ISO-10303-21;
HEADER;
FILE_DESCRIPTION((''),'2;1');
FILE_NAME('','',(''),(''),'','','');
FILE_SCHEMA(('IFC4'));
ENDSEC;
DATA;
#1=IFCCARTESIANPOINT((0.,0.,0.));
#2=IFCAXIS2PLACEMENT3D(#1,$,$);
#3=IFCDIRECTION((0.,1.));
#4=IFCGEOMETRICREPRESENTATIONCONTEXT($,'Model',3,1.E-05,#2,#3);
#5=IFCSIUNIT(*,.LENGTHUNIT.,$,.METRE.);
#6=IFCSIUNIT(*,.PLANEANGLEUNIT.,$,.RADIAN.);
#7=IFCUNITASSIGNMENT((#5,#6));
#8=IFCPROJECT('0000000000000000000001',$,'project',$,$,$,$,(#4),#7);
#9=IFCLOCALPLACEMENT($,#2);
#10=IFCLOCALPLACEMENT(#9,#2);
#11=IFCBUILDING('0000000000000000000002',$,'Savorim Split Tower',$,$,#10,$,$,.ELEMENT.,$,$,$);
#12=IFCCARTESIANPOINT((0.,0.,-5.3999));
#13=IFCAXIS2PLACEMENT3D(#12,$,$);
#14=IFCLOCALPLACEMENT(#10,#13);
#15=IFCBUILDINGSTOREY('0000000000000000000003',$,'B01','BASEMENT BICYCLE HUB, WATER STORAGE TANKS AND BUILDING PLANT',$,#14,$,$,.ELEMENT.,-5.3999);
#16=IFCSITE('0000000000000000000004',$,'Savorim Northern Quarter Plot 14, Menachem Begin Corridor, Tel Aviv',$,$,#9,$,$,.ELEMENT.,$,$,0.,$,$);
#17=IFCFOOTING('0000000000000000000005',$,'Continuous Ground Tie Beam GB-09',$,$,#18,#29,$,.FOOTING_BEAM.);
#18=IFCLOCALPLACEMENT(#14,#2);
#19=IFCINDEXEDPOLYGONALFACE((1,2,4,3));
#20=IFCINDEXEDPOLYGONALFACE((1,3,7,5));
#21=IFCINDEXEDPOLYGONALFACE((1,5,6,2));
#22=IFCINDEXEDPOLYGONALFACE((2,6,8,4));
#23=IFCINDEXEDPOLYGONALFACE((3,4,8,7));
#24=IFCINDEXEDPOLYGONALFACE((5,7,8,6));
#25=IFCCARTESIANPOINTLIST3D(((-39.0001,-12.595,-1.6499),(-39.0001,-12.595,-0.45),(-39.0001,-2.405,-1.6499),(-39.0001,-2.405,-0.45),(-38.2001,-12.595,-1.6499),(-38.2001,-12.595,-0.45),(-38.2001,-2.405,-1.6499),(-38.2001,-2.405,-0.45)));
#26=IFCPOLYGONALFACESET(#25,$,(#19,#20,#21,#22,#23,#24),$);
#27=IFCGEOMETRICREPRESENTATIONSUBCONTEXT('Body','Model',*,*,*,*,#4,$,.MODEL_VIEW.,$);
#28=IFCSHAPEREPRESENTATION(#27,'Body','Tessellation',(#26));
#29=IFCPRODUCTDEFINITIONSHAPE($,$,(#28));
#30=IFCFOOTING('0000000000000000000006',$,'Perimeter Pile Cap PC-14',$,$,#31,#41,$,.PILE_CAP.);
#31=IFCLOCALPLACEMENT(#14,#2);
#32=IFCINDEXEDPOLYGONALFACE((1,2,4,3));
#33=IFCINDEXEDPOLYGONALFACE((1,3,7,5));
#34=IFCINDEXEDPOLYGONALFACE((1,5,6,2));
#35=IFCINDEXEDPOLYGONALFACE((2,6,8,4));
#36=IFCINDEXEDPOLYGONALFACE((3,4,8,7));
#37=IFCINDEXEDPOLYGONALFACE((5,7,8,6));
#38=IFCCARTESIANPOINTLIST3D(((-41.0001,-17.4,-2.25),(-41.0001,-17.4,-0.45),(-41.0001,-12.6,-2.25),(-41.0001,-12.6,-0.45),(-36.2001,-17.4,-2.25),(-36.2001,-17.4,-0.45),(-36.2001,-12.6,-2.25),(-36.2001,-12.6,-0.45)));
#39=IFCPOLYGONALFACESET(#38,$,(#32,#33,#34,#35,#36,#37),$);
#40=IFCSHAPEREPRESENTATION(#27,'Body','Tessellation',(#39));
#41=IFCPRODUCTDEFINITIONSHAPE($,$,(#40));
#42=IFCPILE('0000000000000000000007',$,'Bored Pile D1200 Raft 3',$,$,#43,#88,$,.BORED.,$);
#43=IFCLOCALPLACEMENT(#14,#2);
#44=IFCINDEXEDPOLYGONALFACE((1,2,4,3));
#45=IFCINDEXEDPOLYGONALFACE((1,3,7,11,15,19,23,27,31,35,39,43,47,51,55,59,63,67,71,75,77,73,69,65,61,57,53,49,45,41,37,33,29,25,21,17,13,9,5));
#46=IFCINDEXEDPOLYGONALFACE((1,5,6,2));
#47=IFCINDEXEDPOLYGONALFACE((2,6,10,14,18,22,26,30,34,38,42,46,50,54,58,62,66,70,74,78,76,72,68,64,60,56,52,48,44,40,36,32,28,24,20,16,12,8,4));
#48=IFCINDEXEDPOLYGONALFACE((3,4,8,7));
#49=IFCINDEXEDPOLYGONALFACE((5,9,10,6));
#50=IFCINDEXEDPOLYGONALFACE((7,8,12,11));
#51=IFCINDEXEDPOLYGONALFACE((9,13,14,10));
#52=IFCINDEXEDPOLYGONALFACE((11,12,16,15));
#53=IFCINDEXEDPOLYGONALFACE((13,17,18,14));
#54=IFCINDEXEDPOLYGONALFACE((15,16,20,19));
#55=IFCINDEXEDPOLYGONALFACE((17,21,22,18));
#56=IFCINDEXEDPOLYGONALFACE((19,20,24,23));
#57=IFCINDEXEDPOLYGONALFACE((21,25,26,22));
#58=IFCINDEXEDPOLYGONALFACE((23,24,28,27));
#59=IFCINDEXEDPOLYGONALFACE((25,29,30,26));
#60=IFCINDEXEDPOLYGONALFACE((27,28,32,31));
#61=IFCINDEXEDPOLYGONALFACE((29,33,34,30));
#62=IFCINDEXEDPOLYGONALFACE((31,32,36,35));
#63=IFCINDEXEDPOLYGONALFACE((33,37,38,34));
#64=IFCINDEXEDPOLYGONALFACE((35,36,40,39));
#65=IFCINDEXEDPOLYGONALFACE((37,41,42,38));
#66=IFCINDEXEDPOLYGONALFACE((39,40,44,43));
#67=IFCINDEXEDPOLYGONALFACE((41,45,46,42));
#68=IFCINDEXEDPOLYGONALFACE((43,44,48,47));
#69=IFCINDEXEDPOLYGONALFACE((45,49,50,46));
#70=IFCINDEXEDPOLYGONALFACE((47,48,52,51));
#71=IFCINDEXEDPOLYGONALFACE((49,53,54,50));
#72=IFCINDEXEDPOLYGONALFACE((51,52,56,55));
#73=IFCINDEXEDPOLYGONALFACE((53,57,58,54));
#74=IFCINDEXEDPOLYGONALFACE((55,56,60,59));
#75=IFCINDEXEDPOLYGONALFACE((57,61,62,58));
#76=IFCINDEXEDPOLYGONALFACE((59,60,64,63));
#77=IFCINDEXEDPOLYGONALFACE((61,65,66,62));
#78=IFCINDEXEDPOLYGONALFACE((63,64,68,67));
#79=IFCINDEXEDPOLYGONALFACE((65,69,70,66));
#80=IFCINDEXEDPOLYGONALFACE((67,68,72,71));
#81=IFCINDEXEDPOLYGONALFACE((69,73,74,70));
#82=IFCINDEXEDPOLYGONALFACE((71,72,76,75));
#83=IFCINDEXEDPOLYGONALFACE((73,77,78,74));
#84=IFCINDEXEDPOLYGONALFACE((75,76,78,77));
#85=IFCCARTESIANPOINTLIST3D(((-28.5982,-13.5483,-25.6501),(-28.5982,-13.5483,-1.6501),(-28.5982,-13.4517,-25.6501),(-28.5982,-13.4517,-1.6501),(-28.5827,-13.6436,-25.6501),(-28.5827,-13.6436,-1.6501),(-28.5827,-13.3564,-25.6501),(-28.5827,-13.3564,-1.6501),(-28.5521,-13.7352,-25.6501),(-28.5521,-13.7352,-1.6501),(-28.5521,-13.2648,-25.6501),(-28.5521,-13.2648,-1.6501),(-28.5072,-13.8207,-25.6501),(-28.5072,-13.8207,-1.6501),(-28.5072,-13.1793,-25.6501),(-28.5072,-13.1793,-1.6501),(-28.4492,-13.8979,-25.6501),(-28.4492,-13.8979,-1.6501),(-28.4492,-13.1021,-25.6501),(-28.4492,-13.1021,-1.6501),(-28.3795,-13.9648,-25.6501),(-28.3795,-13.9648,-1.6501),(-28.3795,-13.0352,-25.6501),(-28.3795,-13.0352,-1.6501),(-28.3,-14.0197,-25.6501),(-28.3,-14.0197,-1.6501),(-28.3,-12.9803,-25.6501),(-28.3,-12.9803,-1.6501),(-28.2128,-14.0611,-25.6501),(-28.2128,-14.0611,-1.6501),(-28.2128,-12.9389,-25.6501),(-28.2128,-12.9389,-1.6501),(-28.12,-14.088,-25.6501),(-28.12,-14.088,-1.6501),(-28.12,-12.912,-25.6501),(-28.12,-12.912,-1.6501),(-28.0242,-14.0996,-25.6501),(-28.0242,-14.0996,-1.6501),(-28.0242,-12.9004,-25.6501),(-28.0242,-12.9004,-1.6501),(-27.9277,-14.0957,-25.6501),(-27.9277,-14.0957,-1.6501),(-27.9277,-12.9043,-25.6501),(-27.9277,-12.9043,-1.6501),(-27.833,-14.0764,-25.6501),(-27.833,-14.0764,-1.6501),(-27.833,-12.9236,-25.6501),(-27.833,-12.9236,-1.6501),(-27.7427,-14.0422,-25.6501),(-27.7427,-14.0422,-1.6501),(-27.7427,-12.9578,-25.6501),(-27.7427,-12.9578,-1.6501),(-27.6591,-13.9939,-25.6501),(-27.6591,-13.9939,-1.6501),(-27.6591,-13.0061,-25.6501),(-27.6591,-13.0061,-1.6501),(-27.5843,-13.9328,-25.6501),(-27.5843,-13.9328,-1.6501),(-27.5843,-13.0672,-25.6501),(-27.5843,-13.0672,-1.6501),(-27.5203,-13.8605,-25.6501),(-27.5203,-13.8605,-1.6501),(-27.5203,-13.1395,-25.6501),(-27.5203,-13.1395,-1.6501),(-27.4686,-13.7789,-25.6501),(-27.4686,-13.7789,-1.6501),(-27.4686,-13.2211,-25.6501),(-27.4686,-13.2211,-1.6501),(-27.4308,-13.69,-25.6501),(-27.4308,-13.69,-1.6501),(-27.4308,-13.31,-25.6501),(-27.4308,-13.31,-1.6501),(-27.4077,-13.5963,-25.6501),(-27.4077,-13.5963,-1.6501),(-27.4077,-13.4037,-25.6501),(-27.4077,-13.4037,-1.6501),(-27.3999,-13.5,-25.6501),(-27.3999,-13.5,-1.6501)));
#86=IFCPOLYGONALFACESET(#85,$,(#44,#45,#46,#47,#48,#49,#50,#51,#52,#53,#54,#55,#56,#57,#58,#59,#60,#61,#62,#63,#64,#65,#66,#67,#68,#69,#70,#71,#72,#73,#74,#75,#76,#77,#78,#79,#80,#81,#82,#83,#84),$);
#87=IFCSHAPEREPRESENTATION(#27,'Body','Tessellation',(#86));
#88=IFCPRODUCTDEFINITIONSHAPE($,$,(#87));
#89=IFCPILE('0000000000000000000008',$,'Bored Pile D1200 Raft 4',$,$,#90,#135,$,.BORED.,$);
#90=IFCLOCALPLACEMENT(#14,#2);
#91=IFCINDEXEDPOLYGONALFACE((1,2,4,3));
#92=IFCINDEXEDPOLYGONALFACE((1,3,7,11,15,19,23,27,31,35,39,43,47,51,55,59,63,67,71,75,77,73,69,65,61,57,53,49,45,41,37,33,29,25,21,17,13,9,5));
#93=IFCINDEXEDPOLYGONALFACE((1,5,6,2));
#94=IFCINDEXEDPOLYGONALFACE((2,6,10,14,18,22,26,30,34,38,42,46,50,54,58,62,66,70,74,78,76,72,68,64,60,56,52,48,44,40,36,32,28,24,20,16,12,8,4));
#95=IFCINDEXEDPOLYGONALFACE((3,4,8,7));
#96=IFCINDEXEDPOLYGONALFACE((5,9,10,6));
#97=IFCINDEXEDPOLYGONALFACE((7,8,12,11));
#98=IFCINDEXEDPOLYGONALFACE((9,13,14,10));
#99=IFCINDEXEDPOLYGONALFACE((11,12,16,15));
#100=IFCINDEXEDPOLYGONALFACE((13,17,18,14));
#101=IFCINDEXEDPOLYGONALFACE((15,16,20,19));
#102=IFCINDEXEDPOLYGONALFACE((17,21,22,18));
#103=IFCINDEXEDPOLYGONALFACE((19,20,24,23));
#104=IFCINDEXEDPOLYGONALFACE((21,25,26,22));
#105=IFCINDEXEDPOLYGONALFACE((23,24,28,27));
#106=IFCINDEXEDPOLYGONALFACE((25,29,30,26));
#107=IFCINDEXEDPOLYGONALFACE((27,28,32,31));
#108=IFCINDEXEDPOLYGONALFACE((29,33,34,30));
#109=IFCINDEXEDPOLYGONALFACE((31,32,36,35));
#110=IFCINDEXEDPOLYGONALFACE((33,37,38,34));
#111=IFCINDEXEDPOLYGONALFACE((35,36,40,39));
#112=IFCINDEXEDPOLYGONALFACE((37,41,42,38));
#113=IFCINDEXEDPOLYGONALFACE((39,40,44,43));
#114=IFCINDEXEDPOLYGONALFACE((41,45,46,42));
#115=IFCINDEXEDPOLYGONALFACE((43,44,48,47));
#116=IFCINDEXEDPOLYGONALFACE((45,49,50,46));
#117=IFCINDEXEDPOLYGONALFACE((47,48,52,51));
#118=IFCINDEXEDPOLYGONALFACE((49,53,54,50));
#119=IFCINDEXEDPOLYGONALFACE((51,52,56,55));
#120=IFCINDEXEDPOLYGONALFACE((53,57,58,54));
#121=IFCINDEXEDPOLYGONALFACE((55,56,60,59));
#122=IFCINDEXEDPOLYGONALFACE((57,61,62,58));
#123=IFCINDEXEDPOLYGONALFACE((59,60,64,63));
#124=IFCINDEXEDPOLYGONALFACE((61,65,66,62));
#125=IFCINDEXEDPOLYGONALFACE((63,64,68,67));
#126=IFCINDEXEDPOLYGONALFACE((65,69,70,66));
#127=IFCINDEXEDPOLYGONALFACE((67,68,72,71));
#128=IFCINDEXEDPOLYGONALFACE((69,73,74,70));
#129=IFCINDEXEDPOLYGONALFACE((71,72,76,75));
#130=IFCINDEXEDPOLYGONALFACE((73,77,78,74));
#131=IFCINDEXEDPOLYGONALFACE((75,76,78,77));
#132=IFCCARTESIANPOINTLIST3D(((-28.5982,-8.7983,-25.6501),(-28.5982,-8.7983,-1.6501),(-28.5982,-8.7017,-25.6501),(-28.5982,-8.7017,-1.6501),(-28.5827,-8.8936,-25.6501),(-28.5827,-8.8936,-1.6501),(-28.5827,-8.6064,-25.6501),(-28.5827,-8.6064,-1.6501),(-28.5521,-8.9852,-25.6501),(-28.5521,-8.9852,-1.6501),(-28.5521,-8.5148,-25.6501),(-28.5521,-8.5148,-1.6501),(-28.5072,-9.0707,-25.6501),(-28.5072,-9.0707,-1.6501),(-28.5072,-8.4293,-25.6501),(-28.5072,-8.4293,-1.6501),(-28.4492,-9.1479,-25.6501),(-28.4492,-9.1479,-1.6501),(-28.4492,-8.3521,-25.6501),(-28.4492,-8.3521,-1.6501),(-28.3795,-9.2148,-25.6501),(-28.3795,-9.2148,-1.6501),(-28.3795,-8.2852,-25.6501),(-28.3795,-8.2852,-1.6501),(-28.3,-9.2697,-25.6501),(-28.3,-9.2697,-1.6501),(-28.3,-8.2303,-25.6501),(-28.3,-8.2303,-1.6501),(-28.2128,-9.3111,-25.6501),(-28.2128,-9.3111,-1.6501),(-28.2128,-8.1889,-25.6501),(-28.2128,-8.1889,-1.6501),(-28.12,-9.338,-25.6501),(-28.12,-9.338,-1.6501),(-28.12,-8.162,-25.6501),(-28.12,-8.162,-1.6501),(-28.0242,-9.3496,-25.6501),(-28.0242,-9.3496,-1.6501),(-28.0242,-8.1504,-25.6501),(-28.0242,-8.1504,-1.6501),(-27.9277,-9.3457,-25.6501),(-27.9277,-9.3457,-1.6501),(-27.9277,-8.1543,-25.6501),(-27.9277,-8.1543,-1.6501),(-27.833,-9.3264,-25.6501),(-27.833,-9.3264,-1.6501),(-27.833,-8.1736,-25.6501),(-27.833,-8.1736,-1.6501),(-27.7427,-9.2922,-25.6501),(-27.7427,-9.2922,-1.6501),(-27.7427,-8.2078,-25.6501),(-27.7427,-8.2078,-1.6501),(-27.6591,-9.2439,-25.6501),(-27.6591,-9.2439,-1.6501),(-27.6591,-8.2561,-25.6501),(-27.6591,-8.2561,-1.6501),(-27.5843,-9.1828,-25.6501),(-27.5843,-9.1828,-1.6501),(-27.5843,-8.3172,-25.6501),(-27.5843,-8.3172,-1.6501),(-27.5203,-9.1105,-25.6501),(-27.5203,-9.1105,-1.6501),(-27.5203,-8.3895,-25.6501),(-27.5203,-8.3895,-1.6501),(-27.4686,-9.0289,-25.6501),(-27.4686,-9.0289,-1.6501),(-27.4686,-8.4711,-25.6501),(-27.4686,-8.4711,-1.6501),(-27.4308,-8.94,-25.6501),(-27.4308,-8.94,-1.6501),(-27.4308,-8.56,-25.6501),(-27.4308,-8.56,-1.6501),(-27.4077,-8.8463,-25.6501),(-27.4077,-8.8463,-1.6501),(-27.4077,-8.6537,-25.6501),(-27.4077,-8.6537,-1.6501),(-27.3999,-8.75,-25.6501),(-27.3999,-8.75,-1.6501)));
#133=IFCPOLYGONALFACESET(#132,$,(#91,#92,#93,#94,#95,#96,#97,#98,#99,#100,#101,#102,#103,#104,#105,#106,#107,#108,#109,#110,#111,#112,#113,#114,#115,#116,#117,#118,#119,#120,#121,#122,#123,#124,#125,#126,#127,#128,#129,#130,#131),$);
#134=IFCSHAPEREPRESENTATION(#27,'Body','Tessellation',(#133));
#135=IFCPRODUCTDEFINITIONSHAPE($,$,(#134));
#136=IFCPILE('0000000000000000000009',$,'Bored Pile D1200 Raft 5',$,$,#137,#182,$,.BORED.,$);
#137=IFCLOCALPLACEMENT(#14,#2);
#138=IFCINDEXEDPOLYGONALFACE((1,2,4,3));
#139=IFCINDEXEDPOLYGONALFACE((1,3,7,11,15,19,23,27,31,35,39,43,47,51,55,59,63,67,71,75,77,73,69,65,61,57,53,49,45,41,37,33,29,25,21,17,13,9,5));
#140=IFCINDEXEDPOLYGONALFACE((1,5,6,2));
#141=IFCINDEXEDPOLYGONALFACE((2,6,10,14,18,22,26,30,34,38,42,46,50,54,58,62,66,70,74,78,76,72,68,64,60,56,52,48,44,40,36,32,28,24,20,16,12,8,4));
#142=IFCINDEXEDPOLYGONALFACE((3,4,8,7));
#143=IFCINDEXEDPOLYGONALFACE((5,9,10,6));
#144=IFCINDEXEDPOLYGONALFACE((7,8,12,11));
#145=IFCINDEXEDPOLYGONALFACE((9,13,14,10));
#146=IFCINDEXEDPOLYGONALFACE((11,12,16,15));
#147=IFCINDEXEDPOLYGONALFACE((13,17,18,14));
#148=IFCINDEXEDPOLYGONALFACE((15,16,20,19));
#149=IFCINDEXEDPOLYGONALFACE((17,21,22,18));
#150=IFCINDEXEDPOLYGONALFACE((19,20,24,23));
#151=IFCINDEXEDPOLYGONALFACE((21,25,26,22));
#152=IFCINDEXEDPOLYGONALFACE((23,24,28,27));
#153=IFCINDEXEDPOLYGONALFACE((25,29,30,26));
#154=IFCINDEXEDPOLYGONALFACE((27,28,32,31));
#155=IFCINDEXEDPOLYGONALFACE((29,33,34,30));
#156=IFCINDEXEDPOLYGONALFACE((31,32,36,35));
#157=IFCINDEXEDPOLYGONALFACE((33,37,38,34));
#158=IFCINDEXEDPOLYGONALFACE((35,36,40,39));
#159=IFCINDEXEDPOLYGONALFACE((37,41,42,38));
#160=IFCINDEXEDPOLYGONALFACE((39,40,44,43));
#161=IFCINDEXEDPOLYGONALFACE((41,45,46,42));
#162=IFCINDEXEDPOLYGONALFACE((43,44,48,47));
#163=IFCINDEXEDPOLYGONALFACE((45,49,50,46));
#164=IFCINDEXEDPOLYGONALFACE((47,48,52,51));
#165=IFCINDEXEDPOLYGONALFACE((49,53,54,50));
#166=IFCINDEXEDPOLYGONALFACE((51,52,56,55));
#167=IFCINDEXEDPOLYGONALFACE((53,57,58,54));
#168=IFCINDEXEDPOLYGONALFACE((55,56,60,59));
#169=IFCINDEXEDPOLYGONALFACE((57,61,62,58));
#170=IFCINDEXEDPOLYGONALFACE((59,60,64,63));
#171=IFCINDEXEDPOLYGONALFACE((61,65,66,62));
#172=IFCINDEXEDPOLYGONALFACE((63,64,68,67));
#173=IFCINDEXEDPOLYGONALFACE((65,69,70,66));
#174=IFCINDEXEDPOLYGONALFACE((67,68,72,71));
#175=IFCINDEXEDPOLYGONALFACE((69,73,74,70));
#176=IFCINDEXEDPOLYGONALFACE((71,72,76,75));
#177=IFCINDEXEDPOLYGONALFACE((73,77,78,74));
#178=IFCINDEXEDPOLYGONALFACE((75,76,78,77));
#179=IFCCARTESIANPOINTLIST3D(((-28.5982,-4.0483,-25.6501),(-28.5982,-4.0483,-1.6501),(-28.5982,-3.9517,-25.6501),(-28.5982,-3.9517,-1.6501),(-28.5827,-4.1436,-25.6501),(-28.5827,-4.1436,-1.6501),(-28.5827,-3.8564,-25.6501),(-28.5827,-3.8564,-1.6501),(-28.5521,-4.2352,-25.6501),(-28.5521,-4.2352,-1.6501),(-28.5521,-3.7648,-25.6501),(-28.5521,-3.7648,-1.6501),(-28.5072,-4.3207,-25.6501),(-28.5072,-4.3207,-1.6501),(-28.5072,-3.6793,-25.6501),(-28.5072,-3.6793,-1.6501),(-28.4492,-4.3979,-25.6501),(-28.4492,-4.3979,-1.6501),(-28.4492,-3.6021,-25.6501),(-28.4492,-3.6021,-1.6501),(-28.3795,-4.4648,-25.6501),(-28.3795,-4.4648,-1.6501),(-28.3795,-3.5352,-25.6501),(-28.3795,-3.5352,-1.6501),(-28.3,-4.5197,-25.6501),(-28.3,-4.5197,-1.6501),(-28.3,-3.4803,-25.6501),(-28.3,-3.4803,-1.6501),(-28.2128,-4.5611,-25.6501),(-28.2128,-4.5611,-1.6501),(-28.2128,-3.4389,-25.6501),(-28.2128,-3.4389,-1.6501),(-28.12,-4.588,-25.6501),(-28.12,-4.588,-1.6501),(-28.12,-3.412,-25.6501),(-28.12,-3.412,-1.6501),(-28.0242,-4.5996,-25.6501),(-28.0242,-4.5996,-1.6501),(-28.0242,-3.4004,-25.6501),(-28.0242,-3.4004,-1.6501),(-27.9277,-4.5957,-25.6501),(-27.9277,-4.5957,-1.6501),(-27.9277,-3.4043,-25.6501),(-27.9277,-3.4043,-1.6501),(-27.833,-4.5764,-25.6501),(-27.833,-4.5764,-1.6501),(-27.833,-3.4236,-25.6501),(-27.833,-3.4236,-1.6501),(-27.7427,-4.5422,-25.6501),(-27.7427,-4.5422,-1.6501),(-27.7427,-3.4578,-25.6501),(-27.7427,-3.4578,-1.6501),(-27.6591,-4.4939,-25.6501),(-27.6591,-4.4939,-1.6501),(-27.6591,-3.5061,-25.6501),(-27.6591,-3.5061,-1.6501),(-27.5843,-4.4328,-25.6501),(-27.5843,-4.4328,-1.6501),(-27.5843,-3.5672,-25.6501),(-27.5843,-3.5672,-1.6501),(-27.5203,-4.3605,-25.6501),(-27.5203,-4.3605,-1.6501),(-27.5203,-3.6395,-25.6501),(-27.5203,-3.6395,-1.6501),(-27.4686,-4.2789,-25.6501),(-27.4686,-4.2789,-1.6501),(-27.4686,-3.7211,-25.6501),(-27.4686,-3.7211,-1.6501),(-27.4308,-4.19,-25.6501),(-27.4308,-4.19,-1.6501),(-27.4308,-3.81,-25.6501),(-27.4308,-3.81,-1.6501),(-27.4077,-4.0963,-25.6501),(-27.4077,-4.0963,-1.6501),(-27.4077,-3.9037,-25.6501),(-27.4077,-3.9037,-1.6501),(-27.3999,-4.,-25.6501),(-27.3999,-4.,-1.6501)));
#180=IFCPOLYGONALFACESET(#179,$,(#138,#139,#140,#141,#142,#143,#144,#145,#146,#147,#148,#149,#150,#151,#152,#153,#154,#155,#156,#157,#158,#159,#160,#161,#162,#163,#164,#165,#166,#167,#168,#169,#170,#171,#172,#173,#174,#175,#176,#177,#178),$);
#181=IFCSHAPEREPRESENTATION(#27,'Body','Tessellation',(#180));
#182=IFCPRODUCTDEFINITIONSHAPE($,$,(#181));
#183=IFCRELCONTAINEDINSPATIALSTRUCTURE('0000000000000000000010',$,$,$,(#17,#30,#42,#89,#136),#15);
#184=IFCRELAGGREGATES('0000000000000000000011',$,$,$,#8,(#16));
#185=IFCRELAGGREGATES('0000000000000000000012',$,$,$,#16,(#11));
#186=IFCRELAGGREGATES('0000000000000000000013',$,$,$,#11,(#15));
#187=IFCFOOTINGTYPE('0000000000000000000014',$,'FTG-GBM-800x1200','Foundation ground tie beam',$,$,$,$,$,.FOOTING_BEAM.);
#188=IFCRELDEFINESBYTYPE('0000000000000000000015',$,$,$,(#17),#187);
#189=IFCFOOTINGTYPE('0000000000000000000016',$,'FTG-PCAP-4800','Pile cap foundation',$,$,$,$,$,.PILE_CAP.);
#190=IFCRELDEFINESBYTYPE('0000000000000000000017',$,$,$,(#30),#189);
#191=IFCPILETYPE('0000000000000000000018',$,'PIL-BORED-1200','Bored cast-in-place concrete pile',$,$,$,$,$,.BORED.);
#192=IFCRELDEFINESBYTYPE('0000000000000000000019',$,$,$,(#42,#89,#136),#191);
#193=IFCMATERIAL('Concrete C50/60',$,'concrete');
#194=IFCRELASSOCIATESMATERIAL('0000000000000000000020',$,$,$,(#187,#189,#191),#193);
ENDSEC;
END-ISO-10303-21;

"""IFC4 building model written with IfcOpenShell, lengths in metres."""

from ifc_helpers import new_model, si_unit, direction, frame, origin, origin_2d, place, context, subcontext, project, spatial, rectangle, circle, extrude, material, material_profile, profile_set, type_object, element, save


model = new_model("IFC4")

# Units and contexts
model_context = context("Model", 3, precision=1e-05, world=origin(), true_north=direction((0.0, 1.0)))
body_context = subcontext(model_context, "Body", "Model", "MODEL_VIEW")
ifc_project = project(units=[si_unit("LENGTHUNIT", "METRE"), si_unit("PLANEANGLEUNIT", "RADIAN")], contexts=[model_context])

# Site, building, storey
site_placement = place(None, origin())
site = spatial("IfcSite", under=ifc_project, at=site_placement, Name="Savorim Northern Quarter Plot 14, Menachem Begin Corridor, Tel Aviv", CompositionType="ELEMENT", RefElevation=0.0)
building_placement = place(site_placement, origin())
building = spatial("IfcBuilding", under=site, at=building_placement, Name="Savorim Split Tower", CompositionType="ELEMENT")
storey_placement = place(building_placement, frame((0.0, 0.0, -5.3999)))
storey = spatial("IfcBuildingStorey", under=building, at=storey_placement, Name="B01", Description="BASEMENT BICYCLE HUB, WATER STORAGE TANKS AND BUILDING PLANT", CompositionType="ELEMENT", Elevation=-5.3999)

# Footings
ifc_material_1 = material(Name="Concrete C50/60", Category="concrete")
footing_type_1 = type_object("IfcFootingType", Name="FTG-GBM-800x1200", Description="Foundation ground tie beam", PredefinedType="FOOTING_BEAM", material=ifc_material_1)
footing_1_placement = place(storey_placement, frame((-38.6001, -7.5, -1.6499), z_axis=(0.0, 0.0, 1.0), x_axis=(0.0, 1.0, 0.0)))
element("IfcFooting", 1, at=footing_1_placement, inside=storey, type_object=footing_type_1, Name="Continuous Ground Tie Beam GB-09", PredefinedType="FOOTING_BEAM", context=body_context, shape_type="SweptSolid", body=[
    extrude(rectangle(XDim=10.1899, YDim=0.8, at=origin_2d()), origin(), (0.0, 0.0, 1.0), 1.2),
])
footing_type_2 = type_object("IfcFootingType", Name="FTG-PCAP-4800", Description="Pile cap foundation", PredefinedType="PILE_CAP", material=ifc_material_1)
footing_2_placement = place(storey_placement, frame((-38.6001, -15.0, -2.25), z_axis=(0.0, 0.0, 1.0), x_axis=(1.0, 0.0, 0.0)))
element("IfcFooting", 2, at=footing_2_placement, inside=storey, type_object=footing_type_2, Name="Perimeter Pile Cap PC-14", PredefinedType="PILE_CAP", context=body_context, shape_type="SweptSolid", body=[
    extrude(rectangle(XDim=4.8, YDim=4.8, at=origin_2d()), origin(), (0.0, 0.0, 1.0), 1.8),
])

# Piles
ifc_material_profile_1 = material_profile(ifc_material_1, circle(Radius=0.6001, at=origin_2d()), Name="PILE D1200")
ifc_profile_set_1 = profile_set([ifc_material_profile_1], Name="Concrete C50/60")
pile_type = type_object("IfcPileType", Name="PIL-BORED-1200", Description="Bored cast-in-place concrete pile", PredefinedType="BORED", material=ifc_profile_set_1)
for number, where, z_axis, x_axis, name in (
    (3, (-28.0, -13.5, -1.6501), (0.0, 0.0, -1.0), (1.0, 0.0, 0.0), "Bored Pile D1200 Raft 3"),
    (4, (-28.0, -8.75, -1.6501), (0.0, 0.0, -1.0), (1.0, 0.0, 0.0), "Bored Pile D1200 Raft 4"),
    (5, (-28.0, -4.0, -1.6501), (0.0, 0.0, -1.0), (1.0, 0.0, 0.0), "Bored Pile D1200 Raft 5"),
):
    element("IfcPile", number, at=place(storey_placement, frame(where, z_axis=z_axis, x_axis=x_axis)), inside=storey, type_object=pile_type, Name=name, PredefinedType="BORED", context=body_context, shape_type="SweptSolid", body=[
        extrude(circle(Radius=0.6001, at=origin_2d()), origin(), (0.0, 0.0, 1.0), 24.0),
    ])

save(model, "model.ifc")
